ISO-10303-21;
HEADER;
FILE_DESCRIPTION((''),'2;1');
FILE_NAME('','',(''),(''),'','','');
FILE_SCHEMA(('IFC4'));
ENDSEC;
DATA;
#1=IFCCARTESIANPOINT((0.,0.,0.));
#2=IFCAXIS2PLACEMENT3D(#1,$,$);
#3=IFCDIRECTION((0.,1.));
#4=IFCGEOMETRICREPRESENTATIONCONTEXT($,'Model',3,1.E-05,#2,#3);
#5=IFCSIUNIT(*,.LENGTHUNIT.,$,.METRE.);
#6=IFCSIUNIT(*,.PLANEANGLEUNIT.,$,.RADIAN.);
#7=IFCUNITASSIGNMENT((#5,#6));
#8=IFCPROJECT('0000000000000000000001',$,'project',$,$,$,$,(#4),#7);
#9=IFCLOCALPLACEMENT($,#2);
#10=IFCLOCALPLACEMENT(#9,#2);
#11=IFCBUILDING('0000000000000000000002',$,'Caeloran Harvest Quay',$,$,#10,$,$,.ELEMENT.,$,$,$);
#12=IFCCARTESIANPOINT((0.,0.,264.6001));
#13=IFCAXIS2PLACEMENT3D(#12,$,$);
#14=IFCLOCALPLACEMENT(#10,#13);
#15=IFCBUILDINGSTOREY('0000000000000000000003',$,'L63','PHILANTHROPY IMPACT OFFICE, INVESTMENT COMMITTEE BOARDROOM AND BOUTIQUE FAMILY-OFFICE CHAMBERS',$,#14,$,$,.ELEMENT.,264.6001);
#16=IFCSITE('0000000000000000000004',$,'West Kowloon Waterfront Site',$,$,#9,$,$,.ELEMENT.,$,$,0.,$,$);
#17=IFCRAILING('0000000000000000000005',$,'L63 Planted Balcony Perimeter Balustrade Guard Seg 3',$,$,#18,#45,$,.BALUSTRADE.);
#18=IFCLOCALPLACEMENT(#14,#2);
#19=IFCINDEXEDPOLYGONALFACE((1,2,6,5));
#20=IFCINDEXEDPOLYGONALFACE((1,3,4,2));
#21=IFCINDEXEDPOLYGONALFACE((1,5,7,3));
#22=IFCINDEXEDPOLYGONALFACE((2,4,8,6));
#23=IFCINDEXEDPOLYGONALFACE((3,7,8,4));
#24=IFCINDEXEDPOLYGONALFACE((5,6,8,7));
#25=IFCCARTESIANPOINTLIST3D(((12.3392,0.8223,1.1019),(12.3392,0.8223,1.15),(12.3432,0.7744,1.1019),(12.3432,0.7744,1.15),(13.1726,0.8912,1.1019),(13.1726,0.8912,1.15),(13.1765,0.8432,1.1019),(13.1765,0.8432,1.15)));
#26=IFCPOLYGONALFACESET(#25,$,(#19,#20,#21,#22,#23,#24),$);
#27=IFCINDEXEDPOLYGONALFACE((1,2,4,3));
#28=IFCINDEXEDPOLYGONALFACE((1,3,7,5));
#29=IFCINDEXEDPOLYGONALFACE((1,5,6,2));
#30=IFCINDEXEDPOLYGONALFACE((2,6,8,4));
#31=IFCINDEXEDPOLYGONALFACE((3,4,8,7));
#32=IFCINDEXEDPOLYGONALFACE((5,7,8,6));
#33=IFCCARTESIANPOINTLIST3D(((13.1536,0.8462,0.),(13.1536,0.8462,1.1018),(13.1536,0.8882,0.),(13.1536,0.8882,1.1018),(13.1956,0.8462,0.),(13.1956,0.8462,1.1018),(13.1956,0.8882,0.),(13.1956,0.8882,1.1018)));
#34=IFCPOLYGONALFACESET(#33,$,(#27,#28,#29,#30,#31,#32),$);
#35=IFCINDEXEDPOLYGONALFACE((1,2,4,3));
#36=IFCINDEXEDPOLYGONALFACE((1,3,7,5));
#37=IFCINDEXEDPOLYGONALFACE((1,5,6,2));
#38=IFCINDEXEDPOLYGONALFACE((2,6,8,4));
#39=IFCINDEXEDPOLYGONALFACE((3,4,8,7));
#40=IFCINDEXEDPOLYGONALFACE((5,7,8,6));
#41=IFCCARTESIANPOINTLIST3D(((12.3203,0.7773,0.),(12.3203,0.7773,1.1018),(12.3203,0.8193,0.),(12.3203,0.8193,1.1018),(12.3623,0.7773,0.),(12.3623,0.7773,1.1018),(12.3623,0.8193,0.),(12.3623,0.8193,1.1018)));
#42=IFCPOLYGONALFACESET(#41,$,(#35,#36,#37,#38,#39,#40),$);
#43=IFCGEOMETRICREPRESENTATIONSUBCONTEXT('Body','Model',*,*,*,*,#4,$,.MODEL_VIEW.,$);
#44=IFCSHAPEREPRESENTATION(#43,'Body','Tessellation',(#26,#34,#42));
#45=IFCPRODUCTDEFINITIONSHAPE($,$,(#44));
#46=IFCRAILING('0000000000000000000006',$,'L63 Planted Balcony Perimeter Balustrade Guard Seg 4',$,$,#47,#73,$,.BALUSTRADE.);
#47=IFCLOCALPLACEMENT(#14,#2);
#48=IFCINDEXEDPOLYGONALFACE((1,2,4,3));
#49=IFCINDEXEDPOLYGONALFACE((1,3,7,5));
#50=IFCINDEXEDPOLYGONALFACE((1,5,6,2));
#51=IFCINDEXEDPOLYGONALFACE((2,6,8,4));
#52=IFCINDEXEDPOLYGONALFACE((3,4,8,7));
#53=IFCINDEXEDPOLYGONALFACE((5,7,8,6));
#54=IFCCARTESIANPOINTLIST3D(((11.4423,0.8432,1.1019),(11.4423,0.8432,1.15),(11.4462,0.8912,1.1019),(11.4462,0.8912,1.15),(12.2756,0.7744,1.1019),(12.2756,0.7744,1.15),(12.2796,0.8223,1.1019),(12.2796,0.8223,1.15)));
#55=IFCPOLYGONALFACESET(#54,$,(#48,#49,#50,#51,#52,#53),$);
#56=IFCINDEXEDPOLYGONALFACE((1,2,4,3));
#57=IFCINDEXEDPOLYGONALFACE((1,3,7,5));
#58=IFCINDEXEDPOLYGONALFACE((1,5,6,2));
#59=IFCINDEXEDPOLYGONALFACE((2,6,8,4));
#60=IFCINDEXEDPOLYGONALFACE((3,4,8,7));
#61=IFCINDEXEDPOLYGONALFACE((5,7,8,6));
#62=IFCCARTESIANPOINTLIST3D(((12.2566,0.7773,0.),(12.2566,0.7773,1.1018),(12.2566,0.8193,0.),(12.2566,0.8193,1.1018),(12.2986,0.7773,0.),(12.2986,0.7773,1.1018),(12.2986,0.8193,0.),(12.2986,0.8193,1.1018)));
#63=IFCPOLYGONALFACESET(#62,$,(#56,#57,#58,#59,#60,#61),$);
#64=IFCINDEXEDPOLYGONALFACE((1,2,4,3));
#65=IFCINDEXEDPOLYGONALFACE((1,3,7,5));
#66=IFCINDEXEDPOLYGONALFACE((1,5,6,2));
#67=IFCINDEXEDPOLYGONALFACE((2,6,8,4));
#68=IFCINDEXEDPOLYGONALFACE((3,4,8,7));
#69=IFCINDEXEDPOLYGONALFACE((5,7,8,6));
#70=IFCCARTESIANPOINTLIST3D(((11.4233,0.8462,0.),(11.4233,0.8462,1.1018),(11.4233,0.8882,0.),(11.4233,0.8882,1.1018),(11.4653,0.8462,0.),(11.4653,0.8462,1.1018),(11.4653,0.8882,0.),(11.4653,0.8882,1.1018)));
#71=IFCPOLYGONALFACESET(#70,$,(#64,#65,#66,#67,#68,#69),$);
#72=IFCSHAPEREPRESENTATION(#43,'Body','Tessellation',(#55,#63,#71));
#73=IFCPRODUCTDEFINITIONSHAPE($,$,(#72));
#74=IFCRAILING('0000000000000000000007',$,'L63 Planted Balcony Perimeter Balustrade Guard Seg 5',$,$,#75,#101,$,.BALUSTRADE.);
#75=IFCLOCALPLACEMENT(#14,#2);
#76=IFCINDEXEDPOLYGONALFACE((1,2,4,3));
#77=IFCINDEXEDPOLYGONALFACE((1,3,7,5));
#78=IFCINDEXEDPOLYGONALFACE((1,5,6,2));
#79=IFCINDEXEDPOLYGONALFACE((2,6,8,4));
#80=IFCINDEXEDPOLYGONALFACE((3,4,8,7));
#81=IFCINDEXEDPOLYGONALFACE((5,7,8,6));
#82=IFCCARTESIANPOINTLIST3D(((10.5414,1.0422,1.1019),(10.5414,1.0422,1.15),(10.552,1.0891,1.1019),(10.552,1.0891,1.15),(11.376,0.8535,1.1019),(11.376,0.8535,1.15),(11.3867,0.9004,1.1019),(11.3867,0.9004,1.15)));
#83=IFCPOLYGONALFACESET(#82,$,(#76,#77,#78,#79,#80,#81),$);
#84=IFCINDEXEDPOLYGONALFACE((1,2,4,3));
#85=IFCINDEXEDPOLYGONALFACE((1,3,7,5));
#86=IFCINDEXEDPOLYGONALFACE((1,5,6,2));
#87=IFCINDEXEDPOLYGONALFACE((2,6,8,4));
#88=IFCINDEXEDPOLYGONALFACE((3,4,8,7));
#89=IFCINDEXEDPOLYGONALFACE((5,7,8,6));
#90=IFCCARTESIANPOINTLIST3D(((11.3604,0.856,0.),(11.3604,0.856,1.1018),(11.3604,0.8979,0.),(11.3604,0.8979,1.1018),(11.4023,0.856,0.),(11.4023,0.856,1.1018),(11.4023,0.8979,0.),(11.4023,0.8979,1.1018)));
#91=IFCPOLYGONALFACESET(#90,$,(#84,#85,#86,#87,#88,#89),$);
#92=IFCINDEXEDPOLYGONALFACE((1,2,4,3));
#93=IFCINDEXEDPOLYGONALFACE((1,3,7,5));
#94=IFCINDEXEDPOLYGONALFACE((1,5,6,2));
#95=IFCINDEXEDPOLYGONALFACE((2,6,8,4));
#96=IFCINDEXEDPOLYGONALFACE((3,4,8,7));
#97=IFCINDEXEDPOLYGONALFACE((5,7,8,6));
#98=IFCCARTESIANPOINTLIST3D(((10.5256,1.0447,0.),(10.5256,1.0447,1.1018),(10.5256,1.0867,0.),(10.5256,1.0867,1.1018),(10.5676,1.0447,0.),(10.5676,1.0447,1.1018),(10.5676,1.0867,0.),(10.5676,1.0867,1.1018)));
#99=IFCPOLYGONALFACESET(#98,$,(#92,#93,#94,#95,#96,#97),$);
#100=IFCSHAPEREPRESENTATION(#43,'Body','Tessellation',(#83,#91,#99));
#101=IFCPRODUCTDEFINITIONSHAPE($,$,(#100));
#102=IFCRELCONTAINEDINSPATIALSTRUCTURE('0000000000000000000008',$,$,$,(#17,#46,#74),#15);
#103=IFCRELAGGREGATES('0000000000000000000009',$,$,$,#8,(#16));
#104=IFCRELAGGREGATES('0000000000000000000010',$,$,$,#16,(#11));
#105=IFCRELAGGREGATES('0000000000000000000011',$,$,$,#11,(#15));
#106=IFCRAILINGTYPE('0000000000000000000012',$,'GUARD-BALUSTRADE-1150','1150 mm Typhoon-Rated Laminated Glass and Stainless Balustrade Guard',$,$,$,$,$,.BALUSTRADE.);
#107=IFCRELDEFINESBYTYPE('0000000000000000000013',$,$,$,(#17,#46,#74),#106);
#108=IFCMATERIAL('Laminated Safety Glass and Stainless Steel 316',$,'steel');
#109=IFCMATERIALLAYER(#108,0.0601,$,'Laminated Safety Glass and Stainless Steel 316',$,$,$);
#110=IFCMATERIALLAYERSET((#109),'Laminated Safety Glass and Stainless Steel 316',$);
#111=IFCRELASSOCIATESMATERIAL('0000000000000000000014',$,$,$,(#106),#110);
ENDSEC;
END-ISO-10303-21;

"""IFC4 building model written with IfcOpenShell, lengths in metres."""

from ifc_helpers import new_model, si_unit, direction, frame, origin, origin_2d, place, context, subcontext, project, spatial, rectangle, extrude, material, layer, layer_set, type_object, element, save


model = new_model("IFC4")

# Units and contexts
model_context = context("Model", 3, precision=1e-05, world=origin(), true_north=direction((0.0, 1.0)))
body_context = subcontext(model_context, "Body", "Model", "MODEL_VIEW")
ifc_project = project(units=[si_unit("LENGTHUNIT", "METRE"), si_unit("PLANEANGLEUNIT", "RADIAN")], contexts=[model_context])

# Site, building, storey
site_placement = place(None, origin())
site = spatial("IfcSite", under=ifc_project, at=site_placement, Name="West Kowloon Waterfront Site", CompositionType="ELEMENT", RefElevation=0.0)
building_placement = place(site_placement, origin())
building = spatial("IfcBuilding", under=site, at=building_placement, Name="Caeloran Harvest Quay", CompositionType="ELEMENT")
storey_placement = place(building_placement, frame((0.0, 0.0, 264.6001)))
storey = spatial("IfcBuildingStorey", under=building, at=storey_placement, Name="L63", Description="PHILANTHROPY IMPACT OFFICE, INVESTMENT COMMITTEE BOARDROOM AND BOUTIQUE FAMILY-OFFICE CHAMBERS", CompositionType="ELEMENT", Elevation=264.6001)

# Railings
ifc_material_1 = material(Name="Laminated Safety Glass and Stainless Steel 316", Category="steel")
ifc_layer_1 = layer(ifc_material_1, 0.0601, Name="Laminated Safety Glass and Stainless Steel 316")
ifc_layer_set_1 = layer_set([ifc_layer_1], Name="Laminated Safety Glass and Stainless Steel 316")
railing_type = type_object("IfcRailingType", Name="GUARD-BALUSTRADE-1150", Description="1150 mm Typhoon-Rated Laminated Glass and Stainless Balustrade Guard", PredefinedType="BALUSTRADE", material=ifc_layer_set_1)
railing_1_placement = place(storey_placement, frame((13.1746, 0.8672, 0.0)))
element("IfcRailing", 1, at=railing_1_placement, inside=storey, type_object=railing_type, Name="L63 Planted Balcony Perimeter Balustrade Guard Seg 3", PredefinedType="BALUSTRADE", context=body_context, shape_type="SweptSolid", body=[
    extrude(rectangle(XDim=0.0481, YDim=0.0481, at=origin_2d()), frame((0.0, 0.0, 1.126), z_axis=(-0.996604, -0.082345, 0.0), x_axis=(0.082345, -0.996604, 0.0)), (0.0, 0.0, 1.0), 0.8362),
    extrude(rectangle(XDim=0.042, YDim=0.042, at=origin_2d()), origin(), (0.0, 0.0, 1.0), 1.1018),
    extrude(rectangle(XDim=0.042, YDim=0.042, at=origin_2d()), frame((-0.8333, -0.0688, 0.0)), (0.0, 0.0, 1.0), 1.1018),
])
railing_2_placement = place(storey_placement, frame((12.2776, 0.7983, 0.0)))
element("IfcRailing", 2, at=railing_2_placement, inside=storey, type_object=railing_type, Name="L63 Planted Balcony Perimeter Balustrade Guard Seg 4", PredefinedType="BALUSTRADE", context=body_context, shape_type="SweptSolid", body=[
    extrude(rectangle(XDim=0.0481, YDim=0.0481, at=origin_2d()), frame((0.0, 0.0, 1.126), z_axis=(-0.996604, 0.082345, 0.0), x_axis=(-0.082345, -0.996604, 0.0)), (0.0, 0.0, 1.0), 0.8362),
    extrude(rectangle(XDim=0.042, YDim=0.042, at=origin_2d()), origin(), (0.0, 0.0, 1.0), 1.1018),
    extrude(rectangle(XDim=0.042, YDim=0.042, at=origin_2d()), frame((-0.8333, 0.0688, 0.0)), (0.0, 0.0, 1.0), 1.1018),
])
railing_3_placement = place(storey_placement, frame((11.3813, 0.877, 0.0)))
element("IfcRailing", 3, at=railing_3_placement, inside=storey, type_object=railing_type, Name="L63 Planted Balcony Perimeter Balustrade Guard Seg 5", PredefinedType="BALUSTRADE", context=body_context, shape_type="SweptSolid", body=[
    extrude(rectangle(XDim=0.0481, YDim=0.0481, at=origin_2d()), frame((0.0, 0.0, 1.126), z_axis=(-0.975382, 0.220524, 0.0), x_axis=(-0.220524, -0.975382, 0.0)), (0.0, 0.0, 1.0), 0.8557),
    extrude(rectangle(XDim=0.042, YDim=0.042, at=origin_2d()), origin(), (0.0, 0.0, 1.0), 1.1018),
    extrude(rectangle(XDim=0.042, YDim=0.042, at=origin_2d()), frame((-0.8347, 0.1887, 0.0)), (0.0, 0.0, 1.0), 1.1018),
])

save(model, "model.ifc")
